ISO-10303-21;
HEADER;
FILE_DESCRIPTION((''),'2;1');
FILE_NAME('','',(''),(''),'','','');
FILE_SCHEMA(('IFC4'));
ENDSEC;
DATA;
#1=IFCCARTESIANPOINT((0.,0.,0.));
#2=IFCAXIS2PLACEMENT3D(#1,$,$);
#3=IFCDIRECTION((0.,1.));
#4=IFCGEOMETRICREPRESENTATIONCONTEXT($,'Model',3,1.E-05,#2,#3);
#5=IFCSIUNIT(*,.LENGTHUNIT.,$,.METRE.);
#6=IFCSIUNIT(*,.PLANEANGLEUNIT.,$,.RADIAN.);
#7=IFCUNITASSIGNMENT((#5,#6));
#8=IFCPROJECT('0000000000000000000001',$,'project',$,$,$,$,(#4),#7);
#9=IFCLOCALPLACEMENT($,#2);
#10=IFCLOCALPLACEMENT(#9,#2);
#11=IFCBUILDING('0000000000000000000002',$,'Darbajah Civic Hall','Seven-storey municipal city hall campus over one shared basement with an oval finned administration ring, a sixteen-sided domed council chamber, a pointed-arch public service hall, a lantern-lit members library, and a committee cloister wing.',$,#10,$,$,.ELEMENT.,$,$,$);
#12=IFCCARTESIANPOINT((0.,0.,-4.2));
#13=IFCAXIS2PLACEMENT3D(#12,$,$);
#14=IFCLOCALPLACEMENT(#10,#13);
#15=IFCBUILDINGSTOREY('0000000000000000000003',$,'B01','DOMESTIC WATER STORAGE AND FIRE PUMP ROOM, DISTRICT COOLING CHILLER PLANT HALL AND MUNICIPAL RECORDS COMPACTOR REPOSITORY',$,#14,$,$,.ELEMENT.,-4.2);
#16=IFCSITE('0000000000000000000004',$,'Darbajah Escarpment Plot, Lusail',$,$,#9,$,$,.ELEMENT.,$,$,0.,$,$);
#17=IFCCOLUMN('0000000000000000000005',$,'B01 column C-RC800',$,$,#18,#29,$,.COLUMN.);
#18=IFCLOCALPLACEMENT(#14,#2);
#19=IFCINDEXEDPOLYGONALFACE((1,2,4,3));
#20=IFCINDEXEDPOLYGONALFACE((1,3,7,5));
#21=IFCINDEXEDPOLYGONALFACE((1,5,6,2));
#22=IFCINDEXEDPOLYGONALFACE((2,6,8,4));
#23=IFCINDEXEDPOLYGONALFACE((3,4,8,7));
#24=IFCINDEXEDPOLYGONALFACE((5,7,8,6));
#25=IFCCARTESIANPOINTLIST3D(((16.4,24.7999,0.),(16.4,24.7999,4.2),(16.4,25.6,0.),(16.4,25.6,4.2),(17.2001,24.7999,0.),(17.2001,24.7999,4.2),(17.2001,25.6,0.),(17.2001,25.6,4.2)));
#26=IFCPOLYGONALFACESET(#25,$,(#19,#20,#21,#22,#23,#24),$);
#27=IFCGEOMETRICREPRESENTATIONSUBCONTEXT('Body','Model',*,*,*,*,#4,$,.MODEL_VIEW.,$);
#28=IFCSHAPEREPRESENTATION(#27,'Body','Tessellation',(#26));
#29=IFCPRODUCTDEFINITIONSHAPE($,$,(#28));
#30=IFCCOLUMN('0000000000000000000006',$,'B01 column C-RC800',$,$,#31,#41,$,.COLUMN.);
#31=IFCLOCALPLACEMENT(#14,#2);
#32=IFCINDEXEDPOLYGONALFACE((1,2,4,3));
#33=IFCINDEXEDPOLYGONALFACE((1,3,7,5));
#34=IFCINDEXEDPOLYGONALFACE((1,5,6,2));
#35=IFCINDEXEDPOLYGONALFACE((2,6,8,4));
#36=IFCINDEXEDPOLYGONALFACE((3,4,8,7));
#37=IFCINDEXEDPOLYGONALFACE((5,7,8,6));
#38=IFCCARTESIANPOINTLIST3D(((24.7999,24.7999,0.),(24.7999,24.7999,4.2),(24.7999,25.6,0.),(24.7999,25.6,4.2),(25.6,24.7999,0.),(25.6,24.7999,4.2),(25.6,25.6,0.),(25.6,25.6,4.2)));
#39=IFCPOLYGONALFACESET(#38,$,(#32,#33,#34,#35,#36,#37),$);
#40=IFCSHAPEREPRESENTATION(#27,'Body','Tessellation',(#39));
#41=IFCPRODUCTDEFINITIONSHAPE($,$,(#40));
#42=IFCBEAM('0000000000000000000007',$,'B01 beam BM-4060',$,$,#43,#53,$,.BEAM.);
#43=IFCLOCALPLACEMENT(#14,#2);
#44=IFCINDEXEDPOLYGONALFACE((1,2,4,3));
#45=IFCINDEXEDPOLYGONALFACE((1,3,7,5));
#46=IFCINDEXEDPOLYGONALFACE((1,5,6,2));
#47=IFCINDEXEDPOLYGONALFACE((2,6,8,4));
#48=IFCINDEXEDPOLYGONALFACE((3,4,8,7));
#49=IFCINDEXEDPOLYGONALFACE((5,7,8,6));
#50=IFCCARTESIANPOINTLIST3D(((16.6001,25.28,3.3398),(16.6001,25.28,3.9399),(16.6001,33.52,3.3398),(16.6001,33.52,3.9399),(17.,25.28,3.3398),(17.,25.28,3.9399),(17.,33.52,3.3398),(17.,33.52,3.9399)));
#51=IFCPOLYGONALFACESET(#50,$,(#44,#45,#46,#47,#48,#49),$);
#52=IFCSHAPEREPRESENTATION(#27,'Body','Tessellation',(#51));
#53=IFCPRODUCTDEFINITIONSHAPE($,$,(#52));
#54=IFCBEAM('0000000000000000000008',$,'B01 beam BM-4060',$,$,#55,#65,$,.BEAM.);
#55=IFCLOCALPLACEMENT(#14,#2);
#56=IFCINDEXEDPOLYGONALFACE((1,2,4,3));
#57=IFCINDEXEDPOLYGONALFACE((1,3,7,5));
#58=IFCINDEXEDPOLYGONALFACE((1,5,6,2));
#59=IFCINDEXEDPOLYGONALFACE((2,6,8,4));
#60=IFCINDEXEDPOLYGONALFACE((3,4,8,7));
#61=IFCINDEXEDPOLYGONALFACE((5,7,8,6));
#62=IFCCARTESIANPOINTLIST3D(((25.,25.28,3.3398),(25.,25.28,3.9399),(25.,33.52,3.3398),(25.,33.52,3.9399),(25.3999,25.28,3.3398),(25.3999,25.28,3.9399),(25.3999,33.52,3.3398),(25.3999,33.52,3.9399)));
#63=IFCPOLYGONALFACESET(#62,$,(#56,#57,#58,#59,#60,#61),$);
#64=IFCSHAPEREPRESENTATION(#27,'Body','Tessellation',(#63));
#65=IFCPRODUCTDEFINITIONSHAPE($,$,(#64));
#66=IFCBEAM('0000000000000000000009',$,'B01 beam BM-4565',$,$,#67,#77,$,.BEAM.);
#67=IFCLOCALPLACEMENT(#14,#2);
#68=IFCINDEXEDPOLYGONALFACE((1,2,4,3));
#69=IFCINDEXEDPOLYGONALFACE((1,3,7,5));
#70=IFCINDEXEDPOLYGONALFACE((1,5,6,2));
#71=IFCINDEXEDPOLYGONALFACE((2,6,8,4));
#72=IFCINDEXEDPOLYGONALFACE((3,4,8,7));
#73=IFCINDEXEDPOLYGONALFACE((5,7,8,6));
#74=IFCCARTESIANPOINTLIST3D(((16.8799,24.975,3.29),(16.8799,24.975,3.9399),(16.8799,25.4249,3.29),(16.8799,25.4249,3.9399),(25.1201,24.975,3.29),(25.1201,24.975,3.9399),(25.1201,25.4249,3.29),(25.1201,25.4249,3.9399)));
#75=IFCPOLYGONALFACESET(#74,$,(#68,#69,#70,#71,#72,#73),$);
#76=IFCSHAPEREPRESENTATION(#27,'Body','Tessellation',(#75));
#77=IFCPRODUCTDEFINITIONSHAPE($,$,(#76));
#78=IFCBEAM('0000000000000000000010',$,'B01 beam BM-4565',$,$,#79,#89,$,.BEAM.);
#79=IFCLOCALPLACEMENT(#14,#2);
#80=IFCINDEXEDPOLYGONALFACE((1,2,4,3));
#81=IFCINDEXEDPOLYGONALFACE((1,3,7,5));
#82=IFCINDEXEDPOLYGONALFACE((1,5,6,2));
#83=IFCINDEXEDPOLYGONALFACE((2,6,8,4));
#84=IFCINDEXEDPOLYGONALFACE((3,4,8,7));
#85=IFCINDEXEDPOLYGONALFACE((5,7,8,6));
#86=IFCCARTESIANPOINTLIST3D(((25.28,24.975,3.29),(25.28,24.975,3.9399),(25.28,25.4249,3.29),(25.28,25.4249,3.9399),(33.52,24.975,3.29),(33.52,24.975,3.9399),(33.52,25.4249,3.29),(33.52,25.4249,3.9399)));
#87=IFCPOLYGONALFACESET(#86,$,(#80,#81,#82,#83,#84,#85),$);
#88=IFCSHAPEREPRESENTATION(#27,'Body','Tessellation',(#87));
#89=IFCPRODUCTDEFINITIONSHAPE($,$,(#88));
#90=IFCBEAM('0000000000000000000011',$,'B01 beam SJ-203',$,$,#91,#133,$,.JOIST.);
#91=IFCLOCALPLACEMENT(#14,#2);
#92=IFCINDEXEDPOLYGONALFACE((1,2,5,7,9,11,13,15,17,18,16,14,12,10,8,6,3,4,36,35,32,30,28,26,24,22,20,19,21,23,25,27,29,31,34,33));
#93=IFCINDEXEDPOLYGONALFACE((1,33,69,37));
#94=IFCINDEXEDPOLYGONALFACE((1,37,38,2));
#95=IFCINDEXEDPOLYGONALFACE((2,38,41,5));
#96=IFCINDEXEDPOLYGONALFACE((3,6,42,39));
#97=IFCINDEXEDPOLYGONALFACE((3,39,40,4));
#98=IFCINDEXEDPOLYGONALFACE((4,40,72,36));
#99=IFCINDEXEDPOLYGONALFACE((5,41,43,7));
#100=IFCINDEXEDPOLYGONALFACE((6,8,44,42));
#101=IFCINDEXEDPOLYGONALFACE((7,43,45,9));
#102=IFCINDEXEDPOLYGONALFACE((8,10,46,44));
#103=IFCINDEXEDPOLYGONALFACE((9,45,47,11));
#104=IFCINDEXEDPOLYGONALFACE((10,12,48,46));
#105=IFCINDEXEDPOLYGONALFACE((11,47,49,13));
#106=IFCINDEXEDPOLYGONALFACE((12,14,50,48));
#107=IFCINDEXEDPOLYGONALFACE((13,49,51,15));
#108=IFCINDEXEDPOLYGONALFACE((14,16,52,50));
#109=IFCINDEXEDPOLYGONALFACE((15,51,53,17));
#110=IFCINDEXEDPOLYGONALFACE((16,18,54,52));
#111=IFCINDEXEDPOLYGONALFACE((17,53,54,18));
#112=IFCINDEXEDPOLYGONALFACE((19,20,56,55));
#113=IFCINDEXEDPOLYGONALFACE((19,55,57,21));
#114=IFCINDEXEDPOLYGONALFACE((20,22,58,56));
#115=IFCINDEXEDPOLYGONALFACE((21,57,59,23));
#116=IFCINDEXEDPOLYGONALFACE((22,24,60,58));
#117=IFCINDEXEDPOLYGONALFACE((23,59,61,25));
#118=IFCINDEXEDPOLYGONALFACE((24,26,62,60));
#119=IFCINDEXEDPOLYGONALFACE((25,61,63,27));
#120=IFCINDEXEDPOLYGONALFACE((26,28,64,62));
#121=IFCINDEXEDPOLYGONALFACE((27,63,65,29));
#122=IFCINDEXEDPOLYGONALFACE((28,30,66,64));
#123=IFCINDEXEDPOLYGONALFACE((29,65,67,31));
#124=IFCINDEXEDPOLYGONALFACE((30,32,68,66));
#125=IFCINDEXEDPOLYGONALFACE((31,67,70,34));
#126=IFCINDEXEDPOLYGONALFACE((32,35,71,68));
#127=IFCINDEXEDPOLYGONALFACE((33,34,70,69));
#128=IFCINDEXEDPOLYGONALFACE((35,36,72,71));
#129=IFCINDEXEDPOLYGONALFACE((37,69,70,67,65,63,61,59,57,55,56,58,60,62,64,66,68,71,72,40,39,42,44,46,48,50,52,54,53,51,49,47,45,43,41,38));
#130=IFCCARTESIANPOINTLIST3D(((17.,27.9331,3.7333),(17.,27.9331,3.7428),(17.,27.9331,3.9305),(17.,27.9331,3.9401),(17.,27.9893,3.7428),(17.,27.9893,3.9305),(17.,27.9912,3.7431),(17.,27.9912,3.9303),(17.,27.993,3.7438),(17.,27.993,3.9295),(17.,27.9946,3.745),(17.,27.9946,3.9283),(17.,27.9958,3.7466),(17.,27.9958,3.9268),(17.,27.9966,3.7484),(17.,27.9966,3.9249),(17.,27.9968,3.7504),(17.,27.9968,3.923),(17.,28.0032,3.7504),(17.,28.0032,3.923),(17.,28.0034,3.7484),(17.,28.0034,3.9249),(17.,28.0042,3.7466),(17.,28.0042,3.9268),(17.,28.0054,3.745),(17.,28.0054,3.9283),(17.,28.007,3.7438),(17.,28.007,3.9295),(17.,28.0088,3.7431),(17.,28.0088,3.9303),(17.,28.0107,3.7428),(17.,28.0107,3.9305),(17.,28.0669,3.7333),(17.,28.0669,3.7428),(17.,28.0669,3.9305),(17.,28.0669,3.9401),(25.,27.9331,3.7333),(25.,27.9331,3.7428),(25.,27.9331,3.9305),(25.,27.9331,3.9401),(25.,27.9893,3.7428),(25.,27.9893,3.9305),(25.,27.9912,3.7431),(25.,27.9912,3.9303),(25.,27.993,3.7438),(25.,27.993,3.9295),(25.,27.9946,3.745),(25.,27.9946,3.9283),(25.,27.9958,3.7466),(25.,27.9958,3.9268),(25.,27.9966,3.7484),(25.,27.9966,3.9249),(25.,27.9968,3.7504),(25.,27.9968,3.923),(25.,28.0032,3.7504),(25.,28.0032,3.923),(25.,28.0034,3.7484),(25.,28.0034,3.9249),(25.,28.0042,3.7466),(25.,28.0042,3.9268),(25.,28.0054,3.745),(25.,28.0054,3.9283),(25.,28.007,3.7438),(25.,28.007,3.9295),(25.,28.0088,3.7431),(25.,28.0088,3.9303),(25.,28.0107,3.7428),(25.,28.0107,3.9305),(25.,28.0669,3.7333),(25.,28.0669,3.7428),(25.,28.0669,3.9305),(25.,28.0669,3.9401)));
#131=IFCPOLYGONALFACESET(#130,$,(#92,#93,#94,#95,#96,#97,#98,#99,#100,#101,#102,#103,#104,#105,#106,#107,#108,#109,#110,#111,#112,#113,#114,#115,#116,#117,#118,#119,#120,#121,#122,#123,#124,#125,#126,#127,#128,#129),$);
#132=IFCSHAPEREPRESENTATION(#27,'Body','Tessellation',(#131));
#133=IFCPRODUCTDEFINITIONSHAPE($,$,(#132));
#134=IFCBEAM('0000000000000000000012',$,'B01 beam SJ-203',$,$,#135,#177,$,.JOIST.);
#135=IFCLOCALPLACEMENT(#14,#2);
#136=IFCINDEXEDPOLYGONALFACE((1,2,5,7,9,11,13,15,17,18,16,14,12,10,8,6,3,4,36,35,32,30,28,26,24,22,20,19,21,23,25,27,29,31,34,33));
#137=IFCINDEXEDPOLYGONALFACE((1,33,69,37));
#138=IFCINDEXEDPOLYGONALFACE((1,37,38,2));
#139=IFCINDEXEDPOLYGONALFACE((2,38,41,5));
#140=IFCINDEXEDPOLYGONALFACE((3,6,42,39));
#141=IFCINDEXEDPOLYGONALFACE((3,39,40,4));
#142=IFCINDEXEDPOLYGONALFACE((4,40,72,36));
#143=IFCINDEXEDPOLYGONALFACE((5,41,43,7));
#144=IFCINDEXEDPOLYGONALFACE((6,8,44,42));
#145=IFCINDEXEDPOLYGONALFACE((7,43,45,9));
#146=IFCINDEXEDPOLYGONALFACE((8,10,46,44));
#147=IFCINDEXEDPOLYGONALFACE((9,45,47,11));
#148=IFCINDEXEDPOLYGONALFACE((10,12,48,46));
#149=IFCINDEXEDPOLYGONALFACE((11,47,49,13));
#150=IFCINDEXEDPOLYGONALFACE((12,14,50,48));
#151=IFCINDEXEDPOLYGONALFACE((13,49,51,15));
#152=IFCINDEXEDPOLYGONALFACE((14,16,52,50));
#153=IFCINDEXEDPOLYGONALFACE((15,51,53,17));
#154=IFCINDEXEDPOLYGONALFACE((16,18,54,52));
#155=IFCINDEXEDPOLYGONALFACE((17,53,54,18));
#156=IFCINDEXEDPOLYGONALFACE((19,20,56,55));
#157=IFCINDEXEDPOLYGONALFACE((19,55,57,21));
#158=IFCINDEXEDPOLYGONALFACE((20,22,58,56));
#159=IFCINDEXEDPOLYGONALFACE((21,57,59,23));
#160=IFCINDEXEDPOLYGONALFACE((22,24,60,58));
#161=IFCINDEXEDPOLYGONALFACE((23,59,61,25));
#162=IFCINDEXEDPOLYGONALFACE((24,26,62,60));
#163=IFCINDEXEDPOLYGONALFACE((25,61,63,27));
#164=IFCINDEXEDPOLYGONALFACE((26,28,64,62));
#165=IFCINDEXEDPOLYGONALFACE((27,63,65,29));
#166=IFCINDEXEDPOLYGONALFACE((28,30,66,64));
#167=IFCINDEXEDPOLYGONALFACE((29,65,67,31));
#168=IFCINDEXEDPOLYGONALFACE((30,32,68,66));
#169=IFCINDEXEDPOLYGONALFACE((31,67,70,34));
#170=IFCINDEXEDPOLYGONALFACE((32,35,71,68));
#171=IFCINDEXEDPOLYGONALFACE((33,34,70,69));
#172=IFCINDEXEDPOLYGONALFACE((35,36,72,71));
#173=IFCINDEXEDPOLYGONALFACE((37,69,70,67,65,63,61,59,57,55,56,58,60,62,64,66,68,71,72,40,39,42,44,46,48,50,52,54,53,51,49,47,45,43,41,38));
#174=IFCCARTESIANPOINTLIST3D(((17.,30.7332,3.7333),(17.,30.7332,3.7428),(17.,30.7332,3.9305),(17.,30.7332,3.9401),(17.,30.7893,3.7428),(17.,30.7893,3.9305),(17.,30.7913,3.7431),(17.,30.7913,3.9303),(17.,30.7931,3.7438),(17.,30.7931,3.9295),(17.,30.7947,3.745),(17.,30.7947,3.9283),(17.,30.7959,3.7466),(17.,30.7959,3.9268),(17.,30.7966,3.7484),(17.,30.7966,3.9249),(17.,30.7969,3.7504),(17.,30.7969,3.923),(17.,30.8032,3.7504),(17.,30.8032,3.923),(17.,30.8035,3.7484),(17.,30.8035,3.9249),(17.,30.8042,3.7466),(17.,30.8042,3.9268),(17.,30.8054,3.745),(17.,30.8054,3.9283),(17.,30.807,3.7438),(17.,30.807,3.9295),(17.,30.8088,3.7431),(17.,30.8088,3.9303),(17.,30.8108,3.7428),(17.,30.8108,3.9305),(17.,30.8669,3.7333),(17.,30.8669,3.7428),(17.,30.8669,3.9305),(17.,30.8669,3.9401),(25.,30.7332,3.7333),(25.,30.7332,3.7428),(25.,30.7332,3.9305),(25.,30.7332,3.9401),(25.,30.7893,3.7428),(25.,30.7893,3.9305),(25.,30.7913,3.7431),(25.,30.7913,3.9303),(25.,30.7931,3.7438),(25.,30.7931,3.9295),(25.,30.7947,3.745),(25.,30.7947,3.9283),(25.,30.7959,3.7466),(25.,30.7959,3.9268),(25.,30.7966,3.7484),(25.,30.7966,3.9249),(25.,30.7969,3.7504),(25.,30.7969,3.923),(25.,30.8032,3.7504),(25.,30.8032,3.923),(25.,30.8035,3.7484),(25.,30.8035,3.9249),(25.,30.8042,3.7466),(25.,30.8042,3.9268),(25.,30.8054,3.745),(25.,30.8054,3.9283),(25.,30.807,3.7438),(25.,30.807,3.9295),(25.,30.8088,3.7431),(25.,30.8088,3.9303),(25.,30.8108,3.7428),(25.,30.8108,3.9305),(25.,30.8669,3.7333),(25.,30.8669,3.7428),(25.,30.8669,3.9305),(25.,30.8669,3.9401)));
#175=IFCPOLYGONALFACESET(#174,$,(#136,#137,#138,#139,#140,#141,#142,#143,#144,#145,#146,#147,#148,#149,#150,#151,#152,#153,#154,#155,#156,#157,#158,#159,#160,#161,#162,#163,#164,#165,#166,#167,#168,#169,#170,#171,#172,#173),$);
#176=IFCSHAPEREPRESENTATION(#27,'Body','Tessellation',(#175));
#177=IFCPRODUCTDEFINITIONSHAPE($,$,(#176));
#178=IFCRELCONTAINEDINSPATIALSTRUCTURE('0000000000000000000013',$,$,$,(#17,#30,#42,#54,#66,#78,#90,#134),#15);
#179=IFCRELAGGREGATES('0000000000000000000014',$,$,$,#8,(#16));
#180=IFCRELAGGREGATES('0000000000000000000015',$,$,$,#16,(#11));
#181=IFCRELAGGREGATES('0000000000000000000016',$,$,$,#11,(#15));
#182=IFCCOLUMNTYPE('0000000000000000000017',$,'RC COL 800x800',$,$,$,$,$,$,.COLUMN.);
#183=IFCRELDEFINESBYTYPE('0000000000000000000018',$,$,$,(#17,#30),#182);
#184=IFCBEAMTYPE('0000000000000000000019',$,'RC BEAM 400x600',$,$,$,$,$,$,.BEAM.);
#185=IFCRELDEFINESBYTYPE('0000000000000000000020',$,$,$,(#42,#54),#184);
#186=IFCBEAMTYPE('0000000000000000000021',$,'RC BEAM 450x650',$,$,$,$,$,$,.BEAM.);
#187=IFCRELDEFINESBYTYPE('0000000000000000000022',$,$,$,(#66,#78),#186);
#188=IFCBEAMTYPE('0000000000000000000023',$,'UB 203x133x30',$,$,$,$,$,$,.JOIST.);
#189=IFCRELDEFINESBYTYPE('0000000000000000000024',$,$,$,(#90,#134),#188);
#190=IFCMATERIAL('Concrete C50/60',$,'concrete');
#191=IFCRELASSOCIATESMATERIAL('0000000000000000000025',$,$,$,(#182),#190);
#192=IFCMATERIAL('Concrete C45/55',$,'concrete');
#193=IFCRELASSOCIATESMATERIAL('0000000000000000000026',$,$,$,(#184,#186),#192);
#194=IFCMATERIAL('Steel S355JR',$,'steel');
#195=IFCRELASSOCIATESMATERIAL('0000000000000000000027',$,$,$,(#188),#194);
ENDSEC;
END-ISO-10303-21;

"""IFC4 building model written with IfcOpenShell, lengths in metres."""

from ifc_helpers import new_model, si_unit, direction, frame, origin, origin_2d, place, context, subcontext, project, spatial, rectangle, i_section, extrude, material, material_profile, profile_set, type_object, element, save


model = new_model("IFC4")

# Units and contexts
model_context = context("Model", 3, precision=1e-05, world=origin(), true_north=direction((0.0, 1.0)))
body_context = subcontext(model_context, "Body", "Model", "MODEL_VIEW")
ifc_project = project(units=[si_unit("LENGTHUNIT", "METRE"), si_unit("PLANEANGLEUNIT", "RADIAN")], contexts=[model_context])

# Site, building, storey
site_placement = place(None, origin())
site = spatial("IfcSite", under=ifc_project, at=site_placement, Name="Darbajah Escarpment Plot, Lusail", CompositionType="ELEMENT", RefElevation=0.0)
building_placement = place(site_placement, origin())
building = spatial("IfcBuilding", under=site, at=building_placement, Name="Darbajah Civic Hall", Description="Seven-storey municipal city hall campus over one shared basement with an oval finned administration ring, a sixteen-sided domed council chamber, a pointed-arch public service hall, a lantern-lit members library, and a committee cloister wing.", CompositionType="ELEMENT")
storey_placement = place(building_placement, frame((0.0, 0.0, -4.2)))
storey = spatial("IfcBuildingStorey", under=building, at=storey_placement, Name="B01", Description="DOMESTIC WATER STORAGE AND FIRE PUMP ROOM, DISTRICT COOLING CHILLER PLANT HALL AND MUNICIPAL RECORDS COMPACTOR REPOSITORY", CompositionType="ELEMENT", Elevation=-4.2)

# Shared definitions
ifc_material_1 = material(Name="Concrete C45/55", Category="concrete")

# Columns
ifc_material_2 = material(Name="Concrete C50/60", Category="concrete")
ifc_material_profile_1 = material_profile(ifc_material_2, rectangle(XDim=0.8, YDim=0.8, at=origin_2d()), Name="RC COL 800x800")
ifc_profile_set_1 = profile_set([ifc_material_profile_1], Name="Concrete C50/60")
column_type = type_object("IfcColumnType", Name="RC COL 800x800", PredefinedType="COLUMN", material=ifc_profile_set_1)
for number, where, z_axis, x_axis, name in (
    (1, (16.8, 25.2, 0.0), (0.0, 0.0, 1.0), (1.0, 0.0, 0.0), "B01 column C-RC800"),
    (2, (25.2, 25.2, 0.0), (0.0, 0.0, 1.0), (1.0, 0.0, 0.0), "B01 column C-RC800"),
):
    element("IfcColumn", number, at=place(storey_placement, frame(where, z_axis=z_axis, x_axis=x_axis)), inside=storey, type_object=column_type, Name=name, PredefinedType="COLUMN", context=body_context, shape_type="SweptSolid", body=[
        extrude(rectangle(XDim=0.8, YDim=0.8, at=origin_2d()), origin(), (0.0, 0.0, 1.0), 4.2),
    ])

# Beams
ifc_material_profile_2 = material_profile(ifc_material_1, rectangle(XDim=0.3999, YDim=0.6001, at=origin_2d()), Name="RC BEAM 400x600")
ifc_profile_set_2 = profile_set([ifc_material_profile_2], Name="Concrete C45/55")
beam_type_1 = type_object("IfcBeamType", Name="RC BEAM 400x600", PredefinedType="BEAM", material=ifc_profile_set_2)
for number, where, z_axis, x_axis, name in (
    (3, (16.8, 25.28, 3.6399), (0.0, 1.0, 0.0), (-1.0, 0.0, 0.0), "B01 beam BM-4060"),
    (4, (25.2, 25.28, 3.6399), (0.0, 1.0, 0.0), (-1.0, 0.0, 0.0), "B01 beam BM-4060"),
):
    element("IfcBeam", number, at=place(storey_placement, frame(where, z_axis=z_axis, x_axis=x_axis)), inside=storey, type_object=beam_type_1, Name=name, PredefinedType="BEAM", context=body_context, shape_type="SweptSolid", body=[
        extrude(rectangle(XDim=0.3999, YDim=0.6001, at=origin_2d()), origin(), (0.0, 0.0, 1.0), 8.24),
    ])
ifc_material_profile_3 = material_profile(ifc_material_1, rectangle(XDim=0.45, YDim=0.6499, at=origin_2d()), Name="RC BEAM 450x650")
ifc_profile_set_3 = profile_set([ifc_material_profile_3], Name="Concrete C45/55")
beam_type_2 = type_object("IfcBeamType", Name="RC BEAM 450x650", PredefinedType="BEAM", material=ifc_profile_set_3)
beam_1_placement = place(storey_placement, frame((16.8799, 25.2, 3.615), z_axis=(1.0, 0.0, 0.0), x_axis=(0.0, 1.0, 0.0)))
element("IfcBeam", 5, at=beam_1_placement, inside=storey, type_object=beam_type_2, Name="B01 beam BM-4565", PredefinedType="BEAM", context=body_context, shape_type="SweptSolid", body=[
    extrude(rectangle(XDim=0.45, YDim=0.6499, at=origin_2d()), origin(), (0.0, 0.0, 1.0), 8.2402),
])
beam_2_placement = place(storey_placement, frame((25.28, 25.2, 3.615), z_axis=(1.0, 0.0, 0.0), x_axis=(0.0, 1.0, 0.0)))
element("IfcBeam", 6, at=beam_2_placement, inside=storey, type_object=beam_type_2, Name="B01 beam BM-4565", PredefinedType="BEAM", context=body_context, shape_type="SweptSolid", body=[
    extrude(rectangle(XDim=0.45, YDim=0.6499, at=origin_2d()), origin(), (0.0, 0.0, 1.0), 8.24),
])
ifc_material_3 = material(Name="Steel S355JR", Category="steel")
ifc_material_profile_4 = material_profile(ifc_material_3, i_section(OverallWidth=0.1338, OverallDepth=0.2068, WebThickness=0.0063, FlangeThickness=0.0095, FilletRadius=0.0076, at=origin_2d()), Name="UB 203x133x30")
ifc_profile_set_4 = profile_set([ifc_material_profile_4], Name="Steel S355JR")
beam_type_3 = type_object("IfcBeamType", Name="UB 203x133x30", PredefinedType="JOIST", material=ifc_profile_set_4)
for number, where, z_axis, x_axis, name in (
    (7, (17.0, 28.0, 3.8367), (1.0, 0.0, 0.0), (0.0, 1.0, 0.0), "B01 beam SJ-203"),
    (8, (17.0, 30.8, 3.8367), (1.0, 0.0, 0.0), (0.0, 1.0, 0.0), "B01 beam SJ-203"),
):
    element("IfcBeam", number, at=place(storey_placement, frame(where, z_axis=z_axis, x_axis=x_axis)), inside=storey, type_object=beam_type_3, Name=name, PredefinedType="JOIST", context=body_context, shape_type="SweptSolid", body=[
        extrude(i_section(OverallWidth=0.1338, OverallDepth=0.2068, WebThickness=0.0063, FlangeThickness=0.0095, FilletRadius=0.0076, at=origin_2d()), origin(), (0.0, 0.0, 1.0), 8.0),
    ])

save(model, "model.ifc")
